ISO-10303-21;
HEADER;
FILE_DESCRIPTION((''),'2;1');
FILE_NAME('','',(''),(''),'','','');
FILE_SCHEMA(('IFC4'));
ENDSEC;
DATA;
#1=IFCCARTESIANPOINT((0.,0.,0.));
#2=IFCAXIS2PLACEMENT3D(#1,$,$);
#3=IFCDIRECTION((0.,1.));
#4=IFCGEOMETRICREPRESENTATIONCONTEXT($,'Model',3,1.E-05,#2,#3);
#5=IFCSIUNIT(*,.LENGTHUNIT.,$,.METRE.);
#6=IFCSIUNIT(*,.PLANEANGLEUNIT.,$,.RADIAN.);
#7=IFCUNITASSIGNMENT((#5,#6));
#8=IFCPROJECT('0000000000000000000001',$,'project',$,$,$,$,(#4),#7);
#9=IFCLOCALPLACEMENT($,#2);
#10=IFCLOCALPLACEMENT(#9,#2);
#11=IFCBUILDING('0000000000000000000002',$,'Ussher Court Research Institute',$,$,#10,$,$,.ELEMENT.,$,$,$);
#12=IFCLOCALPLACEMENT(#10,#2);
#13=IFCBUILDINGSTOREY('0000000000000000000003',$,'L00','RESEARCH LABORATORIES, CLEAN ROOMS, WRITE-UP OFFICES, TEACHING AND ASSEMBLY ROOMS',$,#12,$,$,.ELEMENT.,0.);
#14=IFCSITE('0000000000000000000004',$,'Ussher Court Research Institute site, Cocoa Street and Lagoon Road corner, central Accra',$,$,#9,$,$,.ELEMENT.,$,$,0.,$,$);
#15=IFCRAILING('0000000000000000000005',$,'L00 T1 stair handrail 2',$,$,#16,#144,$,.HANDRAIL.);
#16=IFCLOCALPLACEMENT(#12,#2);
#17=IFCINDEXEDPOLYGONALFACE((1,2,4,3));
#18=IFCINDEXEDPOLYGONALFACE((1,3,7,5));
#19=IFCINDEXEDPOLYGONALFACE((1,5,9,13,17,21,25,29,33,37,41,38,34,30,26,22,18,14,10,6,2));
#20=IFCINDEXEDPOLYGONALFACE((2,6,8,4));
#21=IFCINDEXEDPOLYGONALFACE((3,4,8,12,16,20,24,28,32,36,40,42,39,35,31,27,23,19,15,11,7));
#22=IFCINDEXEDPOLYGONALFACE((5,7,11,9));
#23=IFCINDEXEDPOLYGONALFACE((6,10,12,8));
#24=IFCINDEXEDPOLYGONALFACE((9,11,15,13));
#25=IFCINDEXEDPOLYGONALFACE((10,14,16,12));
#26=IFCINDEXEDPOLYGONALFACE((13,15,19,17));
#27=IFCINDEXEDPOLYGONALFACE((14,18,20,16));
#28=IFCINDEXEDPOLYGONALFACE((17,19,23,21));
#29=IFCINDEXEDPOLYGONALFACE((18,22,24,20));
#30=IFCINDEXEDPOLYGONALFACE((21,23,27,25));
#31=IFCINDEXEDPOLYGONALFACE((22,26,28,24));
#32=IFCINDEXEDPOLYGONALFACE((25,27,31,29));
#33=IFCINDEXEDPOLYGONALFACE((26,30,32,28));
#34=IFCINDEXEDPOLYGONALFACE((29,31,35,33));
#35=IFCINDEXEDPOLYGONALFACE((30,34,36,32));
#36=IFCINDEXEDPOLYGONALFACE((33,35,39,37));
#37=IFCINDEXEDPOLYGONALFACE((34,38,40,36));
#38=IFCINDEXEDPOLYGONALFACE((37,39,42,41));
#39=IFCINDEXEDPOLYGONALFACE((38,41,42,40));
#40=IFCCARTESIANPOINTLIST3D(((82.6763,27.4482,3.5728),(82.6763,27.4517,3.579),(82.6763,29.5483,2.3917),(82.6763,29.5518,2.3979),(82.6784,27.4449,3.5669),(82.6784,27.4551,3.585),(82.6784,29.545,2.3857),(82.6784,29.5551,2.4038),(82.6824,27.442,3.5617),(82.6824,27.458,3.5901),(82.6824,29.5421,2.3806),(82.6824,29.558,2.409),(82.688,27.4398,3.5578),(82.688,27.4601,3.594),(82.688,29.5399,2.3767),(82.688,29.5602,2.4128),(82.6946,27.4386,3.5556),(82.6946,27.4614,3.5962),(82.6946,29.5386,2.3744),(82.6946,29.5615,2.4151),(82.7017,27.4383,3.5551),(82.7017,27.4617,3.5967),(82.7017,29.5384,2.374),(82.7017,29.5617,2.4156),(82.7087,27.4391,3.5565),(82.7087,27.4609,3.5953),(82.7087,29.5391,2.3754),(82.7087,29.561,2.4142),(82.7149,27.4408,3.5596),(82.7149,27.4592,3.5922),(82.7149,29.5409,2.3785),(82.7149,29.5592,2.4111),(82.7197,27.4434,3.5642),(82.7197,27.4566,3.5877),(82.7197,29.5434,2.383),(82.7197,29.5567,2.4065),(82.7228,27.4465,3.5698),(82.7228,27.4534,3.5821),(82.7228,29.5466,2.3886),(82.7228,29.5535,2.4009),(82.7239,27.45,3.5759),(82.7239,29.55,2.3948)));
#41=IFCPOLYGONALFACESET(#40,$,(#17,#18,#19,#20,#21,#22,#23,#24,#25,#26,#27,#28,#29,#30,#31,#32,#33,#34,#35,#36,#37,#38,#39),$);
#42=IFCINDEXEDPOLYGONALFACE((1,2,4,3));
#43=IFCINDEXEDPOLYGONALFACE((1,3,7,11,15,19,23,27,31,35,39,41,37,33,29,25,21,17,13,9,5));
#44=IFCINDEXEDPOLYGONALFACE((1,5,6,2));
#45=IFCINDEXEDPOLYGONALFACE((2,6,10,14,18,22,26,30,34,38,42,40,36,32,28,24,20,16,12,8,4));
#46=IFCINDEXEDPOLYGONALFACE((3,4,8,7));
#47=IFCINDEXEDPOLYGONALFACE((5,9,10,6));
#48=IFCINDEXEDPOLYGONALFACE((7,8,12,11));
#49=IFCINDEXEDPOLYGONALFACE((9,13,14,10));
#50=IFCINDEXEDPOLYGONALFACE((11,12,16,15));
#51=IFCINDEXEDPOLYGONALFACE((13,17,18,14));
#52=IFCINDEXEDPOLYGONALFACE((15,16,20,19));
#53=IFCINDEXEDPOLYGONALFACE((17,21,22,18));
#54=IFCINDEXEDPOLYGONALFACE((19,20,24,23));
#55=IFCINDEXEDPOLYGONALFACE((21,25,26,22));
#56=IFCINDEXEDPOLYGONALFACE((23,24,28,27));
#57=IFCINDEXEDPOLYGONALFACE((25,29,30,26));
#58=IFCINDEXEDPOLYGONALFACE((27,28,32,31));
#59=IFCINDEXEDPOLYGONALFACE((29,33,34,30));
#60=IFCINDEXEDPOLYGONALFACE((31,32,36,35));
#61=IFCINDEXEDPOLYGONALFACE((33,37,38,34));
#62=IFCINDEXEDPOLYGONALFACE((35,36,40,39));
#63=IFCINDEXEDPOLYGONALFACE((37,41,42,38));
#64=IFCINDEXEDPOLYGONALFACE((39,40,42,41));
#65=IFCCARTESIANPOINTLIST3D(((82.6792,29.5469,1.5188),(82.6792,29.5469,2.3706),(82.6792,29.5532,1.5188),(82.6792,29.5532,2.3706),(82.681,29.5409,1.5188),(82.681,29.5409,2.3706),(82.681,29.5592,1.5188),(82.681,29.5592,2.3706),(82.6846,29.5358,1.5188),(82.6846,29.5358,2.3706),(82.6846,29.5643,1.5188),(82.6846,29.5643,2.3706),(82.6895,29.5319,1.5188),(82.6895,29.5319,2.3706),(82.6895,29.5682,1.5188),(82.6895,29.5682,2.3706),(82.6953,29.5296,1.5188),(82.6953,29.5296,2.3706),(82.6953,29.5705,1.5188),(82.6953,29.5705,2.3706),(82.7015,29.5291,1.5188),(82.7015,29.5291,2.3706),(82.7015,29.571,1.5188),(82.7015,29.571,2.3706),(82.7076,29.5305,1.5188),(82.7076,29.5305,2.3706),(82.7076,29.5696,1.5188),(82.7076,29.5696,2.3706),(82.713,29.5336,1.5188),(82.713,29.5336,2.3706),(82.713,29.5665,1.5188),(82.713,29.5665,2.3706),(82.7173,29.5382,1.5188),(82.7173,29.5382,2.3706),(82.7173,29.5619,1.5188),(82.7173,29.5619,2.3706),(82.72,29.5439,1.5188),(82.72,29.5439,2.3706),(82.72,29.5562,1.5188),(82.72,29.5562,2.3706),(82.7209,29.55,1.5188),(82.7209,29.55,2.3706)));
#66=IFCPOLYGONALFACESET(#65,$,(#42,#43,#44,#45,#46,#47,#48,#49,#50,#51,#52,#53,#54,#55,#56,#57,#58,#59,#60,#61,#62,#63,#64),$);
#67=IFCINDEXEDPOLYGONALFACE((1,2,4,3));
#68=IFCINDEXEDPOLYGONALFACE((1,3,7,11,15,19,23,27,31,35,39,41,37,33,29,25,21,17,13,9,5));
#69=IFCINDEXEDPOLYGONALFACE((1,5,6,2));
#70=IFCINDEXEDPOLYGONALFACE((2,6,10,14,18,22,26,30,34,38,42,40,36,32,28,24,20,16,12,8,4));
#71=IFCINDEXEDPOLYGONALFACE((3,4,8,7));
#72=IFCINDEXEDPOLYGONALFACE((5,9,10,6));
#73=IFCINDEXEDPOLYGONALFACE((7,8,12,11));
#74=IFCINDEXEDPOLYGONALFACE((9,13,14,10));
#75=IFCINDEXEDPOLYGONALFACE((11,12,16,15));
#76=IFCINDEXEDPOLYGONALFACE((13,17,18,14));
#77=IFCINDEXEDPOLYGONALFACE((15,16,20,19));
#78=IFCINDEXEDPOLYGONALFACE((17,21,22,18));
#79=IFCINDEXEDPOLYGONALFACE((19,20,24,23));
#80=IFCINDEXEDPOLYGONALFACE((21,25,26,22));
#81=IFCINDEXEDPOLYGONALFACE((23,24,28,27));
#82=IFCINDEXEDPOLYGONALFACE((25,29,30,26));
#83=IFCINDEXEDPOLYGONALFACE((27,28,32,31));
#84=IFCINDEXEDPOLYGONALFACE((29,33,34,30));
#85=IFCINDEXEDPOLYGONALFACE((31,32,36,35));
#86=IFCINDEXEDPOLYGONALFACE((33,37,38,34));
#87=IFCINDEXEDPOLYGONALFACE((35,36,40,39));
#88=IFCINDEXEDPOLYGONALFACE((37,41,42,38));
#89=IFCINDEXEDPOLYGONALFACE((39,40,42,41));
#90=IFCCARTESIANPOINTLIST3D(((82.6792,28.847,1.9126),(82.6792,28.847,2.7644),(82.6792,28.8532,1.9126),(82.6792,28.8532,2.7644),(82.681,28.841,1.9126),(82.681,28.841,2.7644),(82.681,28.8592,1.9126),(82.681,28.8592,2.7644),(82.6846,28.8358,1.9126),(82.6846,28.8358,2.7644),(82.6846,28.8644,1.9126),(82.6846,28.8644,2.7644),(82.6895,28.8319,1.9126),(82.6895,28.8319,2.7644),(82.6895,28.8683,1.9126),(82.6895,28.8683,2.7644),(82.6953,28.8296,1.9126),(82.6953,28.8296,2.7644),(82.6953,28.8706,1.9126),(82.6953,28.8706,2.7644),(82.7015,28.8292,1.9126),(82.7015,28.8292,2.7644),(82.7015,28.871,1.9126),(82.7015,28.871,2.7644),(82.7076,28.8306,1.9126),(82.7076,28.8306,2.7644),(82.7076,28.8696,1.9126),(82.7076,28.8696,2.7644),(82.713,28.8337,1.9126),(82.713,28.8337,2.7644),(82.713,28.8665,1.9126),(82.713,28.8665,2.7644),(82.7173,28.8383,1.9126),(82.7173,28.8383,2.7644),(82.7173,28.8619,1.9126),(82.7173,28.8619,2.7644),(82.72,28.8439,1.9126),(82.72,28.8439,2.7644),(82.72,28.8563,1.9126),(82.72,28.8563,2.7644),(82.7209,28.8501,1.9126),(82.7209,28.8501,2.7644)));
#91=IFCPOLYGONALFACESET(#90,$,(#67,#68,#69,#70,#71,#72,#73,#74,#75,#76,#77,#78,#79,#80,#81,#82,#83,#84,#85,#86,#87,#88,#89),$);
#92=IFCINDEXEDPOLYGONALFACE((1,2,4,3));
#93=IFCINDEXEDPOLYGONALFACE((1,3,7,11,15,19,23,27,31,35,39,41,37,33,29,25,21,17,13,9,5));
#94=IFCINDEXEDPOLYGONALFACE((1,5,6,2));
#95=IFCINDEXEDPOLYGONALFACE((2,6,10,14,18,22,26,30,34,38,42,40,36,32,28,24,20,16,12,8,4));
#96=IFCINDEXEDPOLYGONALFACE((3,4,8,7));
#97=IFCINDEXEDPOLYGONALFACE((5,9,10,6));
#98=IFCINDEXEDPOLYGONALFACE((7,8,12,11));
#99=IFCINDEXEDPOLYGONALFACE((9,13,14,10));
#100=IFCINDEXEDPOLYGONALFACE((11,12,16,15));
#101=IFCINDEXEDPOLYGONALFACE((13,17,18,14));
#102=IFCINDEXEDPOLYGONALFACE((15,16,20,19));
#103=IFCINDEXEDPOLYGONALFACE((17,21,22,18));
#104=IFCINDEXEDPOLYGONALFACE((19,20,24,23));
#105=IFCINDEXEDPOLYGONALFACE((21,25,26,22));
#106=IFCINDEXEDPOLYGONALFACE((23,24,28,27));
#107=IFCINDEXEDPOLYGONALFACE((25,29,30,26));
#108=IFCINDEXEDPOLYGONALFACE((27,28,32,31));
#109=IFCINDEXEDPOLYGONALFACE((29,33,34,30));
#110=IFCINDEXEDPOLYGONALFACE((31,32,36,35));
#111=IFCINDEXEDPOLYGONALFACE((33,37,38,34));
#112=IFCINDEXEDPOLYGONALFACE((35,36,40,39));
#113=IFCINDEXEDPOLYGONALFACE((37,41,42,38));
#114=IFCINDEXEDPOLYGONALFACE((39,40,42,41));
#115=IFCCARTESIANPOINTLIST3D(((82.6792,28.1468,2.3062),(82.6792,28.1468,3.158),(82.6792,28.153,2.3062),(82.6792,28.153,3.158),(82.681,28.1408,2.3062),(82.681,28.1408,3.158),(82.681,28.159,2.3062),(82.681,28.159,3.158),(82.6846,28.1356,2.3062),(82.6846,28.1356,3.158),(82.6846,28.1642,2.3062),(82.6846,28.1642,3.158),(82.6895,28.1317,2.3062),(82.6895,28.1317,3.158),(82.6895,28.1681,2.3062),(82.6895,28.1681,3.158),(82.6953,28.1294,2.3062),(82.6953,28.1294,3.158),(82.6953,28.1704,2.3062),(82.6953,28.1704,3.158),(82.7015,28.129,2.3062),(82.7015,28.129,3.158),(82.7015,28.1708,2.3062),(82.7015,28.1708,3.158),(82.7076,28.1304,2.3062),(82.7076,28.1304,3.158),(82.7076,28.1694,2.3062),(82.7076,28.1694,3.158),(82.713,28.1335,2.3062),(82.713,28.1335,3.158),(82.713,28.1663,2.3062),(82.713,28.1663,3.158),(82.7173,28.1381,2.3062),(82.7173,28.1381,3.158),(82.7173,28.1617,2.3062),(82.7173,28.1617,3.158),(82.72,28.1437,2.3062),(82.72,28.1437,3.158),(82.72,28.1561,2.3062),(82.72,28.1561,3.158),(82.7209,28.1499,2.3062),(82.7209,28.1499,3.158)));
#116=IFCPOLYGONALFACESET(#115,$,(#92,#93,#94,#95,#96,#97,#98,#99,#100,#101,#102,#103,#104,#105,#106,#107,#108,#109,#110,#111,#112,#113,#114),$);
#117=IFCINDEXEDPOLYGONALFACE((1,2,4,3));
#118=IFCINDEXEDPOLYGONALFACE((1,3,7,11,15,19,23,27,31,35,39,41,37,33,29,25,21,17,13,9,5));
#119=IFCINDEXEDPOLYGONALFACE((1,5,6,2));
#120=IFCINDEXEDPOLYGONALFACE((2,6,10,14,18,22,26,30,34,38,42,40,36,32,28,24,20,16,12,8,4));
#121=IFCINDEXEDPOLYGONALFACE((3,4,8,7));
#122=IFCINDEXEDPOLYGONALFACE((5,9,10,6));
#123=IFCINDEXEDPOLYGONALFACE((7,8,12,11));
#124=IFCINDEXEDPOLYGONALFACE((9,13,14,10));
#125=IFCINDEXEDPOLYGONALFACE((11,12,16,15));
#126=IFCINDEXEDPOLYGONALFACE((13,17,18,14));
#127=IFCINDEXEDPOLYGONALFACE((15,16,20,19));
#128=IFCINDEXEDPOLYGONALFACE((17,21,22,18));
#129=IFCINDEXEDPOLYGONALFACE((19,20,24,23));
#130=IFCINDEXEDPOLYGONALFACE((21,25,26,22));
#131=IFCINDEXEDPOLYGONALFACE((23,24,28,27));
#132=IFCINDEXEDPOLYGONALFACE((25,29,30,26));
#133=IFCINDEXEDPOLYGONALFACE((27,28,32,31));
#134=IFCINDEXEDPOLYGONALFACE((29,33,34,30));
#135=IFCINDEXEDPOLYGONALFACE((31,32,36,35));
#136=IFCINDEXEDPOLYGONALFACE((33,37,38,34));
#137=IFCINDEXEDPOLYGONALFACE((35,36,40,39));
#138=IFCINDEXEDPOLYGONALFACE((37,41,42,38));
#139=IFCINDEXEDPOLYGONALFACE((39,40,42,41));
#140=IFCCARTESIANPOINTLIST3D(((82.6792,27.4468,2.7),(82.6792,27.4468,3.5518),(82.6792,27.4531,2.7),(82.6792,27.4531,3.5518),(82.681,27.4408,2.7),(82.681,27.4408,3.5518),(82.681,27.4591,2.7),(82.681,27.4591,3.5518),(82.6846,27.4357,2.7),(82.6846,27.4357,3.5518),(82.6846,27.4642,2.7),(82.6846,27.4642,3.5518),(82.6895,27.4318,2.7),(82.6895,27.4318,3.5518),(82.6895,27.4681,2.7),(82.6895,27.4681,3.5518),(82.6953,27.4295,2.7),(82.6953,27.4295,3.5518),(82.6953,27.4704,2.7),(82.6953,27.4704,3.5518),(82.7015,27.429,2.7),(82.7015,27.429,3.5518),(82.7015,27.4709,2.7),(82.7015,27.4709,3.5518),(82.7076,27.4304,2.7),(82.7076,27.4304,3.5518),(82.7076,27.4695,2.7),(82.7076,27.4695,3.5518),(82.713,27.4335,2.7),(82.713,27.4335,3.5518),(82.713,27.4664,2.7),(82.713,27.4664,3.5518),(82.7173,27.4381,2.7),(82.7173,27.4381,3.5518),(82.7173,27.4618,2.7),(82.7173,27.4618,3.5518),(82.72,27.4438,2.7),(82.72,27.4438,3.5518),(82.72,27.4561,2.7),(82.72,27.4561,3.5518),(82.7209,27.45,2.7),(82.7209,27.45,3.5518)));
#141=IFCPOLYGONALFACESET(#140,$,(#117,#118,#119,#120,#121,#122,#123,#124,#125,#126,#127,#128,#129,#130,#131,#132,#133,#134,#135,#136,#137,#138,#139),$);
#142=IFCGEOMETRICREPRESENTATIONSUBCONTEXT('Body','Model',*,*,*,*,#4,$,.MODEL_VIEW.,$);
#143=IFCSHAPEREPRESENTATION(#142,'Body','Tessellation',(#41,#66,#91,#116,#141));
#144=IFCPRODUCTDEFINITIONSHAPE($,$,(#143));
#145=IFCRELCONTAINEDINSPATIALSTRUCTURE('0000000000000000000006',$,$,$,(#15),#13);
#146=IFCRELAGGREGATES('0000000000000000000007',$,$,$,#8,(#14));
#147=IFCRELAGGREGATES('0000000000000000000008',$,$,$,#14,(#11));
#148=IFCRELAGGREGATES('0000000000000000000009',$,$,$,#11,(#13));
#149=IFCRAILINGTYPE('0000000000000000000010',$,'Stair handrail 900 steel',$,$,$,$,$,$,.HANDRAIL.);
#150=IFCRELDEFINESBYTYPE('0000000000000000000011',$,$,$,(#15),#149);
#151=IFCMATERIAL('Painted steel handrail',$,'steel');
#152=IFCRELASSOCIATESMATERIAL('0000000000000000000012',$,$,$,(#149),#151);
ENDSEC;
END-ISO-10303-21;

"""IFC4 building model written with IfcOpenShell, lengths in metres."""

from ifc_helpers import new_model, si_unit, direction, frame, origin, origin_2d, place, context, subcontext, project, spatial, circle, extrude, material, type_object, element, save


model = new_model("IFC4")

# Units and contexts
model_context = context("Model", 3, precision=1e-05, world=origin(), true_north=direction((0.0, 1.0)))
body_context = subcontext(model_context, "Body", "Model", "MODEL_VIEW")
ifc_project = project(units=[si_unit("LENGTHUNIT", "METRE"), si_unit("PLANEANGLEUNIT", "RADIAN")], contexts=[model_context])

# Site, building, storey
site_placement = place(None, origin())
site = spatial("IfcSite", under=ifc_project, at=site_placement, Name="Ussher Court Research Institute site, Cocoa Street and Lagoon Road corner, central Accra", CompositionType="ELEMENT", RefElevation=0.0)
building_placement = place(site_placement, origin())
building = spatial("IfcBuilding", under=site, at=building_placement, Name="Ussher Court Research Institute", CompositionType="ELEMENT")
storey_placement = place(building_placement, origin())
storey = spatial("IfcBuildingStorey", under=building, at=storey_placement, Name="L00", Description="RESEARCH LABORATORIES, CLEAN ROOMS, WRITE-UP OFFICES, TEACHING AND ASSEMBLY ROOMS", CompositionType="ELEMENT", Elevation=0.0)

# Railing
ifc_material_1 = material(Name="Painted steel handrail", Category="steel")
railing_type_1 = type_object("IfcRailingType", Name="Stair handrail 900 steel", PredefinedType="HANDRAIL", material=ifc_material_1)
railing_1_placement = place(storey_placement, frame((82.7, 29.55, 1.5188)))
element("IfcRailing", 1, at=railing_1_placement, inside=storey, type_object=railing_type_1, Name="L00 T1 stair handrail 2", PredefinedType="HANDRAIL", context=body_context, shape_type="SweptSolid", body=[
    extrude(circle(Radius=0.0239, at=origin_2d()), frame((0.0, 0.0, 0.876), z_axis=(0.0, -0.871603, 0.490213), x_axis=(1.0, 0.0, 0.0)), (0.0, 0.0, 1.0), 2.4094),
    extrude(circle(Radius=0.021, at=origin_2d()), origin(), (0.0, 0.0, 1.0), 0.8518),
    extrude(circle(Radius=0.021, at=origin_2d()), frame((0.0, -0.7, 0.3938)), (0.0, 0.0, 1.0), 0.8518),
    extrude(circle(Radius=0.021, at=origin_2d()), frame((0.0, -1.4001, 0.7874)), (0.0, 0.0, 1.0), 0.8518),
    extrude(circle(Radius=0.021, at=origin_2d()), frame((0.0, -2.1001, 1.1812)), (0.0, 0.0, 1.0), 0.8518),
])

save(model, "model.ifc")
